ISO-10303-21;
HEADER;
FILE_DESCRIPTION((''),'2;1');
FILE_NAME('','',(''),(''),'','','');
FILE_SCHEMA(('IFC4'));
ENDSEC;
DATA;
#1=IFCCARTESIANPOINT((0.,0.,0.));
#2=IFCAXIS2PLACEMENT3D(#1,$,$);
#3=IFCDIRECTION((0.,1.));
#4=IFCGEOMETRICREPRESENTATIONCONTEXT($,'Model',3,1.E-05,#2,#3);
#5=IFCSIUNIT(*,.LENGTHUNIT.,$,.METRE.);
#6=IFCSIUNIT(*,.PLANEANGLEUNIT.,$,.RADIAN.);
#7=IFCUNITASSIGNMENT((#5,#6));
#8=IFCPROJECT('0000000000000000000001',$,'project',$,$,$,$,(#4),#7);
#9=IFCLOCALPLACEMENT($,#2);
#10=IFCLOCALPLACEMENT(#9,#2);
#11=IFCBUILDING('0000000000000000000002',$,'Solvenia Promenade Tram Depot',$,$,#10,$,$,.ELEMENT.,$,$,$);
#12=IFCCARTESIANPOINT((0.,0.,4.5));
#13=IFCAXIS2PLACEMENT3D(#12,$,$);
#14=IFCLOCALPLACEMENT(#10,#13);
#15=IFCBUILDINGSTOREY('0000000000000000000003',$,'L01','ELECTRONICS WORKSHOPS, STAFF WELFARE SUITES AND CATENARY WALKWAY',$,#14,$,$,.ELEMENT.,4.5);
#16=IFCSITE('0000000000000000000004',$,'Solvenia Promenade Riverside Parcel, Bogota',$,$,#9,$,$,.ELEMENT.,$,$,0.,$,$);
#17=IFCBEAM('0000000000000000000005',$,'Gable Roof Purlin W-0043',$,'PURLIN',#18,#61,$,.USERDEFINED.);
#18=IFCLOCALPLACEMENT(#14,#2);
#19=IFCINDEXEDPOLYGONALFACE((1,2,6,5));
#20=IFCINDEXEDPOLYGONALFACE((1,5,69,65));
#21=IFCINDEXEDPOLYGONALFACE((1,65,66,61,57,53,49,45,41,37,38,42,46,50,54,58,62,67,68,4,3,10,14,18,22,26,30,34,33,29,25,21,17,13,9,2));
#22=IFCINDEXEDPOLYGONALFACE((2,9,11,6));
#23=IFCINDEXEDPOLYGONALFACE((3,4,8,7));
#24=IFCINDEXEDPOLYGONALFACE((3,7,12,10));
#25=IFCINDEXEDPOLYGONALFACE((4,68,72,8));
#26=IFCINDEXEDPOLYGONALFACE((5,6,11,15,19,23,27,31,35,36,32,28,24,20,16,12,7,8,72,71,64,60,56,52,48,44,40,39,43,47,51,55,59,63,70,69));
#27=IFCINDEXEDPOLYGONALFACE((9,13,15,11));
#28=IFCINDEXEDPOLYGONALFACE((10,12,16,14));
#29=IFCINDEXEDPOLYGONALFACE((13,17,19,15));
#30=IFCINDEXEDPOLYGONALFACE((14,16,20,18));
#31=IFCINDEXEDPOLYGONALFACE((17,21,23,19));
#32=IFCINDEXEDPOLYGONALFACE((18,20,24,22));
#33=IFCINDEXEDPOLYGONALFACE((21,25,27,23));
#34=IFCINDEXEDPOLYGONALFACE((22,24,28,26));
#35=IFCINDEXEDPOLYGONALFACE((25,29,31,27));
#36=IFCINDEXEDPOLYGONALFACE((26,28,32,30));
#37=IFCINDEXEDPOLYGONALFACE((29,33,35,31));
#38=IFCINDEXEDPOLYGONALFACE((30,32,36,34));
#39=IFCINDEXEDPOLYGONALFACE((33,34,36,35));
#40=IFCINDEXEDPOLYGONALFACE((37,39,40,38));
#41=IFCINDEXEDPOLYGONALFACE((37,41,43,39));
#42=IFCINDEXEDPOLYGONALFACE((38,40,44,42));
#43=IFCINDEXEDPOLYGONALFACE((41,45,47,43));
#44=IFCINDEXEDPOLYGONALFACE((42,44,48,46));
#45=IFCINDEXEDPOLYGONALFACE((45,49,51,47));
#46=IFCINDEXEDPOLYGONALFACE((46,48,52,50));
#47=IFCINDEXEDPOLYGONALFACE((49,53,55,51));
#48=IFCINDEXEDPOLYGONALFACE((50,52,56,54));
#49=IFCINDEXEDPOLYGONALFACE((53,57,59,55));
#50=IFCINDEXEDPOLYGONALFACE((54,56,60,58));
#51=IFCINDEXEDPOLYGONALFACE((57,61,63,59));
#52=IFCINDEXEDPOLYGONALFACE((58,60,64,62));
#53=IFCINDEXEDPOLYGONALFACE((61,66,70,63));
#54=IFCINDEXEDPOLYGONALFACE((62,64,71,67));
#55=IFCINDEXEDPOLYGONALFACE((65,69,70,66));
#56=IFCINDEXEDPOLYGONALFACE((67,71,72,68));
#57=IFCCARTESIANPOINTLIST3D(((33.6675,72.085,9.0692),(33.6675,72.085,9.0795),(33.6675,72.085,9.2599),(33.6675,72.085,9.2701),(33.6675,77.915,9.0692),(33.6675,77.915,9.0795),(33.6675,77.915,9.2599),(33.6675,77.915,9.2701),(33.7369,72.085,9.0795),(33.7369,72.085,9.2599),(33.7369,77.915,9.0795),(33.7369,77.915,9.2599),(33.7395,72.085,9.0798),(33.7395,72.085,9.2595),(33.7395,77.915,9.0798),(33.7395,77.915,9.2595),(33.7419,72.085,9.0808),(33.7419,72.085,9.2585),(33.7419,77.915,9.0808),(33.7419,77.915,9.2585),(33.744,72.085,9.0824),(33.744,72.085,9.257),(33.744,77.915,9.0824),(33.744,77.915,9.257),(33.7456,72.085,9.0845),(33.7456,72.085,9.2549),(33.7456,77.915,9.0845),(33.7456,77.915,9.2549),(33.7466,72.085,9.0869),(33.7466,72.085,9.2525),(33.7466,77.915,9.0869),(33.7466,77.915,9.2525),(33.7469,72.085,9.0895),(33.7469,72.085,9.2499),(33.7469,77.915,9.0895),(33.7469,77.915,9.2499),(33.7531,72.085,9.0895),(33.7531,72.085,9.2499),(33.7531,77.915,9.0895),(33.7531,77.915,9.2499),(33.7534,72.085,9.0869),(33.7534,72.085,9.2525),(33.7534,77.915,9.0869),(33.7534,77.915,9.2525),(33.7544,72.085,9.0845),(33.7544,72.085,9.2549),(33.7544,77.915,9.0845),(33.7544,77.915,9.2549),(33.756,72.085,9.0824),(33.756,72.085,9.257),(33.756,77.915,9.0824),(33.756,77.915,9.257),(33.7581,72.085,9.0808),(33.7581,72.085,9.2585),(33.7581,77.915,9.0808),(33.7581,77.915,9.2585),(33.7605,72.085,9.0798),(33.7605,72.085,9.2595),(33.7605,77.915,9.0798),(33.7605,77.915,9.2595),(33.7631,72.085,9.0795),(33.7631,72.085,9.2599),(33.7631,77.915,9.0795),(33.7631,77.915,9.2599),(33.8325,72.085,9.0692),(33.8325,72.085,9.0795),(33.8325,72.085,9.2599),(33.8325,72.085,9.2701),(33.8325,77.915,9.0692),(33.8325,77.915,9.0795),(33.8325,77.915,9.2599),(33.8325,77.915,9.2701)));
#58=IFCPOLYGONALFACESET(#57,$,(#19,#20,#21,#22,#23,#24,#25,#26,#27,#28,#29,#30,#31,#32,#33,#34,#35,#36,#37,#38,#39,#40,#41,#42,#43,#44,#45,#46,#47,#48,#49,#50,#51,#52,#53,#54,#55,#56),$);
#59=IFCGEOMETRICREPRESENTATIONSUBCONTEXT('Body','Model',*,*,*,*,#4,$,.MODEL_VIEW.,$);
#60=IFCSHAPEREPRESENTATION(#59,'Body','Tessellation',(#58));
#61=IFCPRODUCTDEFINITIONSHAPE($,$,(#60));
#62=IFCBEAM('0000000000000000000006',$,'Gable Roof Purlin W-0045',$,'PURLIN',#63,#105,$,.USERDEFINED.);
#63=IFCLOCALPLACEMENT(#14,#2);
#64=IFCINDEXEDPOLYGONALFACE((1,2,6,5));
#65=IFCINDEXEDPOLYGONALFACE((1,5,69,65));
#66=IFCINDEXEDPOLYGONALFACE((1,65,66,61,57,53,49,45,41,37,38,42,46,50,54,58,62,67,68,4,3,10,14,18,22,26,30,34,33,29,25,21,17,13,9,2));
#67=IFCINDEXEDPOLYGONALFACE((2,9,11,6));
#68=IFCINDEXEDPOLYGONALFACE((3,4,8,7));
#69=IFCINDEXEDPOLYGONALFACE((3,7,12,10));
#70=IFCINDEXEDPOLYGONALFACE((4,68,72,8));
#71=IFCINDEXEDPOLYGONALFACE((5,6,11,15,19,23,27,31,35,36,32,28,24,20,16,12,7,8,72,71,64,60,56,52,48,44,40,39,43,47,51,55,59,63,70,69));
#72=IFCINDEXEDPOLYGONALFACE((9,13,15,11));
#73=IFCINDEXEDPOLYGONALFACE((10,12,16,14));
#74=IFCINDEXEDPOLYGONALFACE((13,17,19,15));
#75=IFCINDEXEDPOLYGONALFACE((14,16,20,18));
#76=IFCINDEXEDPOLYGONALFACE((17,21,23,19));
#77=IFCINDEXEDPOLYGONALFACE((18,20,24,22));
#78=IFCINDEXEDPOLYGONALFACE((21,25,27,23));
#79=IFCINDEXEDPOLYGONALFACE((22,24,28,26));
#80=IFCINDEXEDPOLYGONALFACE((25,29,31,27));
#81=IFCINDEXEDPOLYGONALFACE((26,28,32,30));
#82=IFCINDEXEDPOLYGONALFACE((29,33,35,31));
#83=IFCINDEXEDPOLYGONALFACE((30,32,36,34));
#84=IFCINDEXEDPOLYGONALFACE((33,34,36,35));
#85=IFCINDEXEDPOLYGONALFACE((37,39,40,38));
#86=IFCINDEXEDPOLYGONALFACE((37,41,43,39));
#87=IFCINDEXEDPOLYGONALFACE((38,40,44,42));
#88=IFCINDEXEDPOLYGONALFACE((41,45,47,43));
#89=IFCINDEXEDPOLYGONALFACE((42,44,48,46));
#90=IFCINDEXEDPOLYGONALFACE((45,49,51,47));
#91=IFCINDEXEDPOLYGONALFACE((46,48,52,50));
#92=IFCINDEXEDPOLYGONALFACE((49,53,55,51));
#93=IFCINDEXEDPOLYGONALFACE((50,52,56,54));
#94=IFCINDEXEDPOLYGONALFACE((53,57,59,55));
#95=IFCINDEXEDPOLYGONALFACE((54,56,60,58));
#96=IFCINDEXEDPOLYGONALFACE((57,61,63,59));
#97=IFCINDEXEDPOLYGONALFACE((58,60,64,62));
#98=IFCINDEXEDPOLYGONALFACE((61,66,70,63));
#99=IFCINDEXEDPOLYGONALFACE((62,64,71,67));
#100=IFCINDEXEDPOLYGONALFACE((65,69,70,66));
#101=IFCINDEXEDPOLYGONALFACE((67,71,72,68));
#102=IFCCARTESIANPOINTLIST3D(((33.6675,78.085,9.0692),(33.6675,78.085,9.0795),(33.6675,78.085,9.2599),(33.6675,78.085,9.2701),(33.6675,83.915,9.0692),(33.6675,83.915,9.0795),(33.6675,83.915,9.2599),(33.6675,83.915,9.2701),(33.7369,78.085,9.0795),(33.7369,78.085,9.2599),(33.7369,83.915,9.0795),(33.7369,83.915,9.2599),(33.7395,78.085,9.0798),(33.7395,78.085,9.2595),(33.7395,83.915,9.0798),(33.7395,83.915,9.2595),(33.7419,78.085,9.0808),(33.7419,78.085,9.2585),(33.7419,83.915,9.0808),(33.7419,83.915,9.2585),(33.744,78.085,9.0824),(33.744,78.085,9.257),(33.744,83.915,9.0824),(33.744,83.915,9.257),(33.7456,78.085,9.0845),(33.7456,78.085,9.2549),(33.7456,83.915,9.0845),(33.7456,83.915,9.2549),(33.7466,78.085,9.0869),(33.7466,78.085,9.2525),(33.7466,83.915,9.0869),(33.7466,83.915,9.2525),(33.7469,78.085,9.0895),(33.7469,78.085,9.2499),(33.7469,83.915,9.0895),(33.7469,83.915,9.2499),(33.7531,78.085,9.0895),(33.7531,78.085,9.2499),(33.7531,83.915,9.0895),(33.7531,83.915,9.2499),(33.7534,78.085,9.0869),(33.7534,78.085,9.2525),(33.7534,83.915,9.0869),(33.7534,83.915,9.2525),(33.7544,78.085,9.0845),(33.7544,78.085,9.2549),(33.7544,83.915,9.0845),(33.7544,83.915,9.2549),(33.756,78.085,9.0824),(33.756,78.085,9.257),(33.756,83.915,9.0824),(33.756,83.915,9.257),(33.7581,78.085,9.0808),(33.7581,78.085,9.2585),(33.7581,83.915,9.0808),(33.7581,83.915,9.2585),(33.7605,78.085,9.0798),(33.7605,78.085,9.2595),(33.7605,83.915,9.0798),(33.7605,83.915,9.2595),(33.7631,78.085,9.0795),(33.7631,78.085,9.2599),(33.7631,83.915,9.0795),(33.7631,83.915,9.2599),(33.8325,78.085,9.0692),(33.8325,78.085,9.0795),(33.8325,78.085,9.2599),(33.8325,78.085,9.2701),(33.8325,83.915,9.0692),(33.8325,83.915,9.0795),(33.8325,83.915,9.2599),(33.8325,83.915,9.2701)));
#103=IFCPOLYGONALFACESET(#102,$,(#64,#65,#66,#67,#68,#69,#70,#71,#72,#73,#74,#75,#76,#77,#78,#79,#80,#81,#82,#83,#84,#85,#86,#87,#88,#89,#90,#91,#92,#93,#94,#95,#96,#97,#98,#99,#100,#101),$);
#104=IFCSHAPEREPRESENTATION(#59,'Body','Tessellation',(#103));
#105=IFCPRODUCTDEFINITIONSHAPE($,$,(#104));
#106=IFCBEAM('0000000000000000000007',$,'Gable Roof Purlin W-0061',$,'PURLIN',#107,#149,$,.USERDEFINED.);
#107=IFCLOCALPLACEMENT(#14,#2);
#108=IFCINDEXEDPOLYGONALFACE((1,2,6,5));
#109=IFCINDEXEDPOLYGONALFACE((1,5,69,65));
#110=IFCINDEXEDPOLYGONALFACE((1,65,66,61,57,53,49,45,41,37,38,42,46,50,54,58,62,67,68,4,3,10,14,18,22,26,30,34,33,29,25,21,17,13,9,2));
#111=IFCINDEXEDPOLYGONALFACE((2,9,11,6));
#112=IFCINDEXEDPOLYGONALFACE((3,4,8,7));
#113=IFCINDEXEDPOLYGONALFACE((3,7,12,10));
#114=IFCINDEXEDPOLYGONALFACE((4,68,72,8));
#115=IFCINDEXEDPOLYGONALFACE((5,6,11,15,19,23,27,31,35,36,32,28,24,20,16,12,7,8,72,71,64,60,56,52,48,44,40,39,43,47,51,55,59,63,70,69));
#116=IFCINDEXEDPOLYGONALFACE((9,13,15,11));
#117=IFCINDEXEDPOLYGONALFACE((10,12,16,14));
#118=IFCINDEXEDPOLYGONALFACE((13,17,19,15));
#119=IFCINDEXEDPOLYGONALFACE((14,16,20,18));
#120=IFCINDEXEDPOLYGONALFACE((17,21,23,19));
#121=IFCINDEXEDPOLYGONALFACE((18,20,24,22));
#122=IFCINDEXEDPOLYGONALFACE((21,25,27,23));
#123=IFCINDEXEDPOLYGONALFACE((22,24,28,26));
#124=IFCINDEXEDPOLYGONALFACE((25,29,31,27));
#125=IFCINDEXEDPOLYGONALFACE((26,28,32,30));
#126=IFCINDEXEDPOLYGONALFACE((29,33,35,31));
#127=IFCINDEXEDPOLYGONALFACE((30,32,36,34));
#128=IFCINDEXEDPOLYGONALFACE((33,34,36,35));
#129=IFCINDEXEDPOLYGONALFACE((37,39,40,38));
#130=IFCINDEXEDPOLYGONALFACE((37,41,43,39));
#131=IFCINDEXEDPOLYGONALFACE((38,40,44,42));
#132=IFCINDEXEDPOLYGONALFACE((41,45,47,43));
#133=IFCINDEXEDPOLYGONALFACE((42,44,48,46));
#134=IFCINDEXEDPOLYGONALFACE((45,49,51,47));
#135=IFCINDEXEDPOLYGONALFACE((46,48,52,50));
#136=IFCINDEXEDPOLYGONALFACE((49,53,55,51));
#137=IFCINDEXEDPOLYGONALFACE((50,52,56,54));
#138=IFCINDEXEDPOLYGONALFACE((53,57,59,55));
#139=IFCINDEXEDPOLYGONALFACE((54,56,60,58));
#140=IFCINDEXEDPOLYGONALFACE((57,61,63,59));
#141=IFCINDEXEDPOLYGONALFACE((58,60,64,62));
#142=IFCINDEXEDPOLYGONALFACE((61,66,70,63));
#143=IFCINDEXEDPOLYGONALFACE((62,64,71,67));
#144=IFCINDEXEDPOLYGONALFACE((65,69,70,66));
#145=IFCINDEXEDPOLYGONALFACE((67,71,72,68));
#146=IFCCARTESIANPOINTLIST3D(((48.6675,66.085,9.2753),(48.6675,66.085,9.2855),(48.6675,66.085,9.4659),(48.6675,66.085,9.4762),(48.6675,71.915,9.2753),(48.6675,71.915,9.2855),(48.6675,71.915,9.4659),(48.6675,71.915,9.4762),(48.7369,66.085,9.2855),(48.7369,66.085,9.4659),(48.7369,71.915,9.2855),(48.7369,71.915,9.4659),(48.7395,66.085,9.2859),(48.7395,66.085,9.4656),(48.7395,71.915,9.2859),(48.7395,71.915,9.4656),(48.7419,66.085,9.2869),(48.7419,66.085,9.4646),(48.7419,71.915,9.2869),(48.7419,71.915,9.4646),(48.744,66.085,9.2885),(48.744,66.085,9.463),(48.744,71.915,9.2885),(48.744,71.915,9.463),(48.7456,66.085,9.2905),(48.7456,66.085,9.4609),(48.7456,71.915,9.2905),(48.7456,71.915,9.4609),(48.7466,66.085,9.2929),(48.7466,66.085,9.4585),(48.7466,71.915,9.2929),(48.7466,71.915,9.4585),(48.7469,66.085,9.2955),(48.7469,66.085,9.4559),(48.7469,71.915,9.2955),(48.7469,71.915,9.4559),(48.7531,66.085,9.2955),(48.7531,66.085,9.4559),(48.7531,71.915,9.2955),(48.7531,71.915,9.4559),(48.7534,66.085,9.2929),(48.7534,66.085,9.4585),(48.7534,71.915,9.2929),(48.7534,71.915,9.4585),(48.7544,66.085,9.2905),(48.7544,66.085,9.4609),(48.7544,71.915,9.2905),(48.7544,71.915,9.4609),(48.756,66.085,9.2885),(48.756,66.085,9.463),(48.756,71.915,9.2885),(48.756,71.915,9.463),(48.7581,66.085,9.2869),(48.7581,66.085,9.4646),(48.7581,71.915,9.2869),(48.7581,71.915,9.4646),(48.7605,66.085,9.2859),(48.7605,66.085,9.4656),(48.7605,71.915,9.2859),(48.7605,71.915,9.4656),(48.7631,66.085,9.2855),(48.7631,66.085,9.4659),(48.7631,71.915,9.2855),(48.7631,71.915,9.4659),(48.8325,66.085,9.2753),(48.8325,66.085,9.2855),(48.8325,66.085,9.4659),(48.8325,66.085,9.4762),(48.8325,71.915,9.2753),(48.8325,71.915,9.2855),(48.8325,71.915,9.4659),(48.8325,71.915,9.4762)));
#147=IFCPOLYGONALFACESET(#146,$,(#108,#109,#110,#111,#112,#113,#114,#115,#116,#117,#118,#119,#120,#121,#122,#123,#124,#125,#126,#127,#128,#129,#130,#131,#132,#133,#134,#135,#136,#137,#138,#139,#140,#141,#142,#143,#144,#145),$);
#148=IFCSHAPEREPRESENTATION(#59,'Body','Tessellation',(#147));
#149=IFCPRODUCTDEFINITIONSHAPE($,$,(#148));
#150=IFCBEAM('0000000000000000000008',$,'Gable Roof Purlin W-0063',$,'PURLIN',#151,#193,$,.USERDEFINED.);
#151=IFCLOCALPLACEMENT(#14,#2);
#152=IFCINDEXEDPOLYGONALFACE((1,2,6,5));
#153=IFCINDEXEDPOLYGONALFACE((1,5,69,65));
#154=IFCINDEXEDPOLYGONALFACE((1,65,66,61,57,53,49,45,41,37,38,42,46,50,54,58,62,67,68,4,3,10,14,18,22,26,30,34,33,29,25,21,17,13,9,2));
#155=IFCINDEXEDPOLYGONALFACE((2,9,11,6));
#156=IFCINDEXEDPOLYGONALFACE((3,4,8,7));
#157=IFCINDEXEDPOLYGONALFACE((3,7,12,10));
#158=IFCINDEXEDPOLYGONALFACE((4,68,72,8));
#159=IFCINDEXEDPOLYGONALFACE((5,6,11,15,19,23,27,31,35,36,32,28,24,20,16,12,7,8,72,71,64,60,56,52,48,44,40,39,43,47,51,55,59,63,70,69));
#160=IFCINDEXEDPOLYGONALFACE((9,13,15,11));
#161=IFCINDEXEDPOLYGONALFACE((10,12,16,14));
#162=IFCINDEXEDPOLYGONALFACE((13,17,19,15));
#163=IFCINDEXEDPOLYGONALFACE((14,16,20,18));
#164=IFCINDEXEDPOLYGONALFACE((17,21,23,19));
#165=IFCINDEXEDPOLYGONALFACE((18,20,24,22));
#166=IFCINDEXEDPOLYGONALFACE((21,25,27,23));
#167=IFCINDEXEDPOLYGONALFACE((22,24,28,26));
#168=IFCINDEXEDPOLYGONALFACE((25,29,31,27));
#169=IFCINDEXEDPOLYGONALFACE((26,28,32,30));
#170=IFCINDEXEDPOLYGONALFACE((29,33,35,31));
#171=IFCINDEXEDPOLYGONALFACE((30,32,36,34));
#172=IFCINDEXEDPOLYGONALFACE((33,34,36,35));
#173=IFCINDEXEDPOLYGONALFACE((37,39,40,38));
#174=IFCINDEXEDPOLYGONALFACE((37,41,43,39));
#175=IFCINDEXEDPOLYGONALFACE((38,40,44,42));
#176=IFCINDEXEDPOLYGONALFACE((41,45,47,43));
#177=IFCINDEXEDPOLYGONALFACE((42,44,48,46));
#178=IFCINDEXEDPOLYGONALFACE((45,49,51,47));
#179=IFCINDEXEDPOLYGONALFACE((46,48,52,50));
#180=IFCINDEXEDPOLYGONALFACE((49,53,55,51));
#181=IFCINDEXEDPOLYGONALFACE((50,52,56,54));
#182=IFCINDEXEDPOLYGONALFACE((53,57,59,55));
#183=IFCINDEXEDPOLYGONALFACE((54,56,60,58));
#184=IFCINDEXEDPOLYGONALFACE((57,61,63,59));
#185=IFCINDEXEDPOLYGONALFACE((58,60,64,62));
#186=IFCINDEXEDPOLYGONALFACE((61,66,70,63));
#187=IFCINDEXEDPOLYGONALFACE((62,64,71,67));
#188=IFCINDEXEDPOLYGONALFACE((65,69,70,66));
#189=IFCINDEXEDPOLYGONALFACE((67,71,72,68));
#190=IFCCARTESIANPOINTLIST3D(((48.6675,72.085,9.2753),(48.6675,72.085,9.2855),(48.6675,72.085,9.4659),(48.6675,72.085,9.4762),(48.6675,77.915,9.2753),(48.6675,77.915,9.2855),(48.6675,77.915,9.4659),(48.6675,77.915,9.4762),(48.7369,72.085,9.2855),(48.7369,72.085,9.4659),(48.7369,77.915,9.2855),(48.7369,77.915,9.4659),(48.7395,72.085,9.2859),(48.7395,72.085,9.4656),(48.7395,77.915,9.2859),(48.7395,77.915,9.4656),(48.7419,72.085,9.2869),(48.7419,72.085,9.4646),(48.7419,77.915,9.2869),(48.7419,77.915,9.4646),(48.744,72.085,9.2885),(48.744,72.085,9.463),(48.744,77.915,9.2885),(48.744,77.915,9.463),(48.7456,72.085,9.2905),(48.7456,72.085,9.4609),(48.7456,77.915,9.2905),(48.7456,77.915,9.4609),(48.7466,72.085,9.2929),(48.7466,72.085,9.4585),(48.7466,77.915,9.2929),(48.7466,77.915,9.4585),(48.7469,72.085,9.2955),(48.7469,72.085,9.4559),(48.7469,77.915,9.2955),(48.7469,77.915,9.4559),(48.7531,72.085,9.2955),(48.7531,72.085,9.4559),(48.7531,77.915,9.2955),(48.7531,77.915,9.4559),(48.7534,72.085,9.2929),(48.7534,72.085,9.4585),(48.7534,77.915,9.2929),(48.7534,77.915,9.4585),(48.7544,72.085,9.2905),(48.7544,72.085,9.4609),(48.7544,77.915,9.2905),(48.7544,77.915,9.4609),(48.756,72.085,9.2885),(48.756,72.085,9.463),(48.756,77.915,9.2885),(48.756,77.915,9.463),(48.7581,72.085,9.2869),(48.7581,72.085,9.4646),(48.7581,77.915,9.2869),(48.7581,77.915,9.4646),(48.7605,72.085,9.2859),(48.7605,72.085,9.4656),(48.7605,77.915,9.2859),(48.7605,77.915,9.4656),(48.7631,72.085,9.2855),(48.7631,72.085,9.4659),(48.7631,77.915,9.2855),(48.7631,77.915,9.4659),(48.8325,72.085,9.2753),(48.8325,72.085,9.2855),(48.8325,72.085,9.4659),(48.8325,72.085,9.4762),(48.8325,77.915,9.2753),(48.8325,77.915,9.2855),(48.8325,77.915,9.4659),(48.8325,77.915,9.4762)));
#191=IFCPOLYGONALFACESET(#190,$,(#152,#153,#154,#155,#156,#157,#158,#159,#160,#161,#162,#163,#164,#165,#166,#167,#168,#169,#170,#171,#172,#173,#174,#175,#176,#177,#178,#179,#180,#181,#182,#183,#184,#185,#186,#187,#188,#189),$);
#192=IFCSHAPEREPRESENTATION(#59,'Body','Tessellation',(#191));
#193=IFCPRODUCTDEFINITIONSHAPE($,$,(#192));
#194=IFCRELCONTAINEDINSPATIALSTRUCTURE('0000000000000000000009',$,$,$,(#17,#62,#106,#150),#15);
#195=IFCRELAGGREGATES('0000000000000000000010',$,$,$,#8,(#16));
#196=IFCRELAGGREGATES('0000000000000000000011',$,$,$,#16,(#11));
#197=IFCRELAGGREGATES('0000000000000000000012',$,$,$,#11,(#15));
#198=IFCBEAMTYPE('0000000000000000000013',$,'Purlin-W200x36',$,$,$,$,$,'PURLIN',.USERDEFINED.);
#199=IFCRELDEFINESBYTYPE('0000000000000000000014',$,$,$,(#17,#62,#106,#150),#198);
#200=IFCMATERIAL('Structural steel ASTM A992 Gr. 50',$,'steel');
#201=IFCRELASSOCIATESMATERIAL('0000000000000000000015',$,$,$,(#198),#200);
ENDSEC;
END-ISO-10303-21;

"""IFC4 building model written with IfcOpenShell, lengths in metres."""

from ifc_helpers import new_model, si_unit, direction, frame, origin, origin_2d, place, context, subcontext, project, spatial, i_section, extrude, material, material_profile, profile_set, type_object, element, save


model = new_model("IFC4")

# Units and contexts
model_context = context("Model", 3, precision=1e-05, world=origin(), true_north=direction((0.0, 1.0)))
body_context = subcontext(model_context, "Body", "Model", "MODEL_VIEW")
ifc_project = project(units=[si_unit("LENGTHUNIT", "METRE"), si_unit("PLANEANGLEUNIT", "RADIAN")], contexts=[model_context])

# Site, building, storey
site_placement = place(None, origin())
site = spatial("IfcSite", under=ifc_project, at=site_placement, Name="Solvenia Promenade Riverside Parcel, Bogota", CompositionType="ELEMENT", RefElevation=0.0)
building_placement = place(site_placement, origin())
building = spatial("IfcBuilding", under=site, at=building_placement, Name="Solvenia Promenade Tram Depot", CompositionType="ELEMENT")
storey_placement = place(building_placement, frame((0.0, 0.0, 4.5)))
storey = spatial("IfcBuildingStorey", under=building, at=storey_placement, Name="L01", Description="ELECTRONICS WORKSHOPS, STAFF WELFARE SUITES AND CATENARY WALKWAY", CompositionType="ELEMENT", Elevation=4.5)

# Beams
ifc_material_1 = material(Name="Structural steel ASTM A992 Gr. 50", Category="steel")
ifc_material_profile_1 = material_profile(ifc_material_1, i_section(OverallWidth=0.165, OverallDepth=0.2009, WebThickness=0.0061, FlangeThickness=0.0103, FilletRadius=0.01, at=origin_2d()), Name="W200x36", Category="steel")
ifc_profile_set_1 = profile_set([ifc_material_profile_1], Name="Structural steel ASTM A992 Gr. 50")
beam_type_1 = type_object("IfcBeamType", Name="Purlin-W200x36", ElementType="PURLIN", PredefinedType="USERDEFINED", material=ifc_profile_set_1)
for number, where, z_axis, x_axis, name in (
    (1, (33.75, 72.085, 9.1697), (0.0, 1.0, 0.0), (-1.0, 0.0, 0.0), "Gable Roof Purlin W-0043"),
    (2, (33.75, 78.085, 9.1697), (0.0, 1.0, 0.0), (-1.0, 0.0, 0.0), "Gable Roof Purlin W-0045"),
    (3, (48.75, 66.085, 9.3757), (0.0, 1.0, 0.0), (-1.0, 0.0, 0.0), "Gable Roof Purlin W-0061"),
    (4, (48.75, 72.085, 9.3757), (0.0, 1.0, 0.0), (-1.0, 0.0, 0.0), "Gable Roof Purlin W-0063"),
):
    element("IfcBeam", number, at=place(storey_placement, frame(where, z_axis=z_axis, x_axis=x_axis)), inside=storey, type_object=beam_type_1, Name=name, ObjectType="PURLIN", PredefinedType="USERDEFINED", context=body_context, shape_type="SweptSolid", body=[
        extrude(i_section(OverallWidth=0.165, OverallDepth=0.2009, WebThickness=0.0061, FlangeThickness=0.0103, FilletRadius=0.01, at=origin_2d()), origin(), (0.0, 0.0, 1.0), 5.8301),
    ])

save(model, "model.ifc")
